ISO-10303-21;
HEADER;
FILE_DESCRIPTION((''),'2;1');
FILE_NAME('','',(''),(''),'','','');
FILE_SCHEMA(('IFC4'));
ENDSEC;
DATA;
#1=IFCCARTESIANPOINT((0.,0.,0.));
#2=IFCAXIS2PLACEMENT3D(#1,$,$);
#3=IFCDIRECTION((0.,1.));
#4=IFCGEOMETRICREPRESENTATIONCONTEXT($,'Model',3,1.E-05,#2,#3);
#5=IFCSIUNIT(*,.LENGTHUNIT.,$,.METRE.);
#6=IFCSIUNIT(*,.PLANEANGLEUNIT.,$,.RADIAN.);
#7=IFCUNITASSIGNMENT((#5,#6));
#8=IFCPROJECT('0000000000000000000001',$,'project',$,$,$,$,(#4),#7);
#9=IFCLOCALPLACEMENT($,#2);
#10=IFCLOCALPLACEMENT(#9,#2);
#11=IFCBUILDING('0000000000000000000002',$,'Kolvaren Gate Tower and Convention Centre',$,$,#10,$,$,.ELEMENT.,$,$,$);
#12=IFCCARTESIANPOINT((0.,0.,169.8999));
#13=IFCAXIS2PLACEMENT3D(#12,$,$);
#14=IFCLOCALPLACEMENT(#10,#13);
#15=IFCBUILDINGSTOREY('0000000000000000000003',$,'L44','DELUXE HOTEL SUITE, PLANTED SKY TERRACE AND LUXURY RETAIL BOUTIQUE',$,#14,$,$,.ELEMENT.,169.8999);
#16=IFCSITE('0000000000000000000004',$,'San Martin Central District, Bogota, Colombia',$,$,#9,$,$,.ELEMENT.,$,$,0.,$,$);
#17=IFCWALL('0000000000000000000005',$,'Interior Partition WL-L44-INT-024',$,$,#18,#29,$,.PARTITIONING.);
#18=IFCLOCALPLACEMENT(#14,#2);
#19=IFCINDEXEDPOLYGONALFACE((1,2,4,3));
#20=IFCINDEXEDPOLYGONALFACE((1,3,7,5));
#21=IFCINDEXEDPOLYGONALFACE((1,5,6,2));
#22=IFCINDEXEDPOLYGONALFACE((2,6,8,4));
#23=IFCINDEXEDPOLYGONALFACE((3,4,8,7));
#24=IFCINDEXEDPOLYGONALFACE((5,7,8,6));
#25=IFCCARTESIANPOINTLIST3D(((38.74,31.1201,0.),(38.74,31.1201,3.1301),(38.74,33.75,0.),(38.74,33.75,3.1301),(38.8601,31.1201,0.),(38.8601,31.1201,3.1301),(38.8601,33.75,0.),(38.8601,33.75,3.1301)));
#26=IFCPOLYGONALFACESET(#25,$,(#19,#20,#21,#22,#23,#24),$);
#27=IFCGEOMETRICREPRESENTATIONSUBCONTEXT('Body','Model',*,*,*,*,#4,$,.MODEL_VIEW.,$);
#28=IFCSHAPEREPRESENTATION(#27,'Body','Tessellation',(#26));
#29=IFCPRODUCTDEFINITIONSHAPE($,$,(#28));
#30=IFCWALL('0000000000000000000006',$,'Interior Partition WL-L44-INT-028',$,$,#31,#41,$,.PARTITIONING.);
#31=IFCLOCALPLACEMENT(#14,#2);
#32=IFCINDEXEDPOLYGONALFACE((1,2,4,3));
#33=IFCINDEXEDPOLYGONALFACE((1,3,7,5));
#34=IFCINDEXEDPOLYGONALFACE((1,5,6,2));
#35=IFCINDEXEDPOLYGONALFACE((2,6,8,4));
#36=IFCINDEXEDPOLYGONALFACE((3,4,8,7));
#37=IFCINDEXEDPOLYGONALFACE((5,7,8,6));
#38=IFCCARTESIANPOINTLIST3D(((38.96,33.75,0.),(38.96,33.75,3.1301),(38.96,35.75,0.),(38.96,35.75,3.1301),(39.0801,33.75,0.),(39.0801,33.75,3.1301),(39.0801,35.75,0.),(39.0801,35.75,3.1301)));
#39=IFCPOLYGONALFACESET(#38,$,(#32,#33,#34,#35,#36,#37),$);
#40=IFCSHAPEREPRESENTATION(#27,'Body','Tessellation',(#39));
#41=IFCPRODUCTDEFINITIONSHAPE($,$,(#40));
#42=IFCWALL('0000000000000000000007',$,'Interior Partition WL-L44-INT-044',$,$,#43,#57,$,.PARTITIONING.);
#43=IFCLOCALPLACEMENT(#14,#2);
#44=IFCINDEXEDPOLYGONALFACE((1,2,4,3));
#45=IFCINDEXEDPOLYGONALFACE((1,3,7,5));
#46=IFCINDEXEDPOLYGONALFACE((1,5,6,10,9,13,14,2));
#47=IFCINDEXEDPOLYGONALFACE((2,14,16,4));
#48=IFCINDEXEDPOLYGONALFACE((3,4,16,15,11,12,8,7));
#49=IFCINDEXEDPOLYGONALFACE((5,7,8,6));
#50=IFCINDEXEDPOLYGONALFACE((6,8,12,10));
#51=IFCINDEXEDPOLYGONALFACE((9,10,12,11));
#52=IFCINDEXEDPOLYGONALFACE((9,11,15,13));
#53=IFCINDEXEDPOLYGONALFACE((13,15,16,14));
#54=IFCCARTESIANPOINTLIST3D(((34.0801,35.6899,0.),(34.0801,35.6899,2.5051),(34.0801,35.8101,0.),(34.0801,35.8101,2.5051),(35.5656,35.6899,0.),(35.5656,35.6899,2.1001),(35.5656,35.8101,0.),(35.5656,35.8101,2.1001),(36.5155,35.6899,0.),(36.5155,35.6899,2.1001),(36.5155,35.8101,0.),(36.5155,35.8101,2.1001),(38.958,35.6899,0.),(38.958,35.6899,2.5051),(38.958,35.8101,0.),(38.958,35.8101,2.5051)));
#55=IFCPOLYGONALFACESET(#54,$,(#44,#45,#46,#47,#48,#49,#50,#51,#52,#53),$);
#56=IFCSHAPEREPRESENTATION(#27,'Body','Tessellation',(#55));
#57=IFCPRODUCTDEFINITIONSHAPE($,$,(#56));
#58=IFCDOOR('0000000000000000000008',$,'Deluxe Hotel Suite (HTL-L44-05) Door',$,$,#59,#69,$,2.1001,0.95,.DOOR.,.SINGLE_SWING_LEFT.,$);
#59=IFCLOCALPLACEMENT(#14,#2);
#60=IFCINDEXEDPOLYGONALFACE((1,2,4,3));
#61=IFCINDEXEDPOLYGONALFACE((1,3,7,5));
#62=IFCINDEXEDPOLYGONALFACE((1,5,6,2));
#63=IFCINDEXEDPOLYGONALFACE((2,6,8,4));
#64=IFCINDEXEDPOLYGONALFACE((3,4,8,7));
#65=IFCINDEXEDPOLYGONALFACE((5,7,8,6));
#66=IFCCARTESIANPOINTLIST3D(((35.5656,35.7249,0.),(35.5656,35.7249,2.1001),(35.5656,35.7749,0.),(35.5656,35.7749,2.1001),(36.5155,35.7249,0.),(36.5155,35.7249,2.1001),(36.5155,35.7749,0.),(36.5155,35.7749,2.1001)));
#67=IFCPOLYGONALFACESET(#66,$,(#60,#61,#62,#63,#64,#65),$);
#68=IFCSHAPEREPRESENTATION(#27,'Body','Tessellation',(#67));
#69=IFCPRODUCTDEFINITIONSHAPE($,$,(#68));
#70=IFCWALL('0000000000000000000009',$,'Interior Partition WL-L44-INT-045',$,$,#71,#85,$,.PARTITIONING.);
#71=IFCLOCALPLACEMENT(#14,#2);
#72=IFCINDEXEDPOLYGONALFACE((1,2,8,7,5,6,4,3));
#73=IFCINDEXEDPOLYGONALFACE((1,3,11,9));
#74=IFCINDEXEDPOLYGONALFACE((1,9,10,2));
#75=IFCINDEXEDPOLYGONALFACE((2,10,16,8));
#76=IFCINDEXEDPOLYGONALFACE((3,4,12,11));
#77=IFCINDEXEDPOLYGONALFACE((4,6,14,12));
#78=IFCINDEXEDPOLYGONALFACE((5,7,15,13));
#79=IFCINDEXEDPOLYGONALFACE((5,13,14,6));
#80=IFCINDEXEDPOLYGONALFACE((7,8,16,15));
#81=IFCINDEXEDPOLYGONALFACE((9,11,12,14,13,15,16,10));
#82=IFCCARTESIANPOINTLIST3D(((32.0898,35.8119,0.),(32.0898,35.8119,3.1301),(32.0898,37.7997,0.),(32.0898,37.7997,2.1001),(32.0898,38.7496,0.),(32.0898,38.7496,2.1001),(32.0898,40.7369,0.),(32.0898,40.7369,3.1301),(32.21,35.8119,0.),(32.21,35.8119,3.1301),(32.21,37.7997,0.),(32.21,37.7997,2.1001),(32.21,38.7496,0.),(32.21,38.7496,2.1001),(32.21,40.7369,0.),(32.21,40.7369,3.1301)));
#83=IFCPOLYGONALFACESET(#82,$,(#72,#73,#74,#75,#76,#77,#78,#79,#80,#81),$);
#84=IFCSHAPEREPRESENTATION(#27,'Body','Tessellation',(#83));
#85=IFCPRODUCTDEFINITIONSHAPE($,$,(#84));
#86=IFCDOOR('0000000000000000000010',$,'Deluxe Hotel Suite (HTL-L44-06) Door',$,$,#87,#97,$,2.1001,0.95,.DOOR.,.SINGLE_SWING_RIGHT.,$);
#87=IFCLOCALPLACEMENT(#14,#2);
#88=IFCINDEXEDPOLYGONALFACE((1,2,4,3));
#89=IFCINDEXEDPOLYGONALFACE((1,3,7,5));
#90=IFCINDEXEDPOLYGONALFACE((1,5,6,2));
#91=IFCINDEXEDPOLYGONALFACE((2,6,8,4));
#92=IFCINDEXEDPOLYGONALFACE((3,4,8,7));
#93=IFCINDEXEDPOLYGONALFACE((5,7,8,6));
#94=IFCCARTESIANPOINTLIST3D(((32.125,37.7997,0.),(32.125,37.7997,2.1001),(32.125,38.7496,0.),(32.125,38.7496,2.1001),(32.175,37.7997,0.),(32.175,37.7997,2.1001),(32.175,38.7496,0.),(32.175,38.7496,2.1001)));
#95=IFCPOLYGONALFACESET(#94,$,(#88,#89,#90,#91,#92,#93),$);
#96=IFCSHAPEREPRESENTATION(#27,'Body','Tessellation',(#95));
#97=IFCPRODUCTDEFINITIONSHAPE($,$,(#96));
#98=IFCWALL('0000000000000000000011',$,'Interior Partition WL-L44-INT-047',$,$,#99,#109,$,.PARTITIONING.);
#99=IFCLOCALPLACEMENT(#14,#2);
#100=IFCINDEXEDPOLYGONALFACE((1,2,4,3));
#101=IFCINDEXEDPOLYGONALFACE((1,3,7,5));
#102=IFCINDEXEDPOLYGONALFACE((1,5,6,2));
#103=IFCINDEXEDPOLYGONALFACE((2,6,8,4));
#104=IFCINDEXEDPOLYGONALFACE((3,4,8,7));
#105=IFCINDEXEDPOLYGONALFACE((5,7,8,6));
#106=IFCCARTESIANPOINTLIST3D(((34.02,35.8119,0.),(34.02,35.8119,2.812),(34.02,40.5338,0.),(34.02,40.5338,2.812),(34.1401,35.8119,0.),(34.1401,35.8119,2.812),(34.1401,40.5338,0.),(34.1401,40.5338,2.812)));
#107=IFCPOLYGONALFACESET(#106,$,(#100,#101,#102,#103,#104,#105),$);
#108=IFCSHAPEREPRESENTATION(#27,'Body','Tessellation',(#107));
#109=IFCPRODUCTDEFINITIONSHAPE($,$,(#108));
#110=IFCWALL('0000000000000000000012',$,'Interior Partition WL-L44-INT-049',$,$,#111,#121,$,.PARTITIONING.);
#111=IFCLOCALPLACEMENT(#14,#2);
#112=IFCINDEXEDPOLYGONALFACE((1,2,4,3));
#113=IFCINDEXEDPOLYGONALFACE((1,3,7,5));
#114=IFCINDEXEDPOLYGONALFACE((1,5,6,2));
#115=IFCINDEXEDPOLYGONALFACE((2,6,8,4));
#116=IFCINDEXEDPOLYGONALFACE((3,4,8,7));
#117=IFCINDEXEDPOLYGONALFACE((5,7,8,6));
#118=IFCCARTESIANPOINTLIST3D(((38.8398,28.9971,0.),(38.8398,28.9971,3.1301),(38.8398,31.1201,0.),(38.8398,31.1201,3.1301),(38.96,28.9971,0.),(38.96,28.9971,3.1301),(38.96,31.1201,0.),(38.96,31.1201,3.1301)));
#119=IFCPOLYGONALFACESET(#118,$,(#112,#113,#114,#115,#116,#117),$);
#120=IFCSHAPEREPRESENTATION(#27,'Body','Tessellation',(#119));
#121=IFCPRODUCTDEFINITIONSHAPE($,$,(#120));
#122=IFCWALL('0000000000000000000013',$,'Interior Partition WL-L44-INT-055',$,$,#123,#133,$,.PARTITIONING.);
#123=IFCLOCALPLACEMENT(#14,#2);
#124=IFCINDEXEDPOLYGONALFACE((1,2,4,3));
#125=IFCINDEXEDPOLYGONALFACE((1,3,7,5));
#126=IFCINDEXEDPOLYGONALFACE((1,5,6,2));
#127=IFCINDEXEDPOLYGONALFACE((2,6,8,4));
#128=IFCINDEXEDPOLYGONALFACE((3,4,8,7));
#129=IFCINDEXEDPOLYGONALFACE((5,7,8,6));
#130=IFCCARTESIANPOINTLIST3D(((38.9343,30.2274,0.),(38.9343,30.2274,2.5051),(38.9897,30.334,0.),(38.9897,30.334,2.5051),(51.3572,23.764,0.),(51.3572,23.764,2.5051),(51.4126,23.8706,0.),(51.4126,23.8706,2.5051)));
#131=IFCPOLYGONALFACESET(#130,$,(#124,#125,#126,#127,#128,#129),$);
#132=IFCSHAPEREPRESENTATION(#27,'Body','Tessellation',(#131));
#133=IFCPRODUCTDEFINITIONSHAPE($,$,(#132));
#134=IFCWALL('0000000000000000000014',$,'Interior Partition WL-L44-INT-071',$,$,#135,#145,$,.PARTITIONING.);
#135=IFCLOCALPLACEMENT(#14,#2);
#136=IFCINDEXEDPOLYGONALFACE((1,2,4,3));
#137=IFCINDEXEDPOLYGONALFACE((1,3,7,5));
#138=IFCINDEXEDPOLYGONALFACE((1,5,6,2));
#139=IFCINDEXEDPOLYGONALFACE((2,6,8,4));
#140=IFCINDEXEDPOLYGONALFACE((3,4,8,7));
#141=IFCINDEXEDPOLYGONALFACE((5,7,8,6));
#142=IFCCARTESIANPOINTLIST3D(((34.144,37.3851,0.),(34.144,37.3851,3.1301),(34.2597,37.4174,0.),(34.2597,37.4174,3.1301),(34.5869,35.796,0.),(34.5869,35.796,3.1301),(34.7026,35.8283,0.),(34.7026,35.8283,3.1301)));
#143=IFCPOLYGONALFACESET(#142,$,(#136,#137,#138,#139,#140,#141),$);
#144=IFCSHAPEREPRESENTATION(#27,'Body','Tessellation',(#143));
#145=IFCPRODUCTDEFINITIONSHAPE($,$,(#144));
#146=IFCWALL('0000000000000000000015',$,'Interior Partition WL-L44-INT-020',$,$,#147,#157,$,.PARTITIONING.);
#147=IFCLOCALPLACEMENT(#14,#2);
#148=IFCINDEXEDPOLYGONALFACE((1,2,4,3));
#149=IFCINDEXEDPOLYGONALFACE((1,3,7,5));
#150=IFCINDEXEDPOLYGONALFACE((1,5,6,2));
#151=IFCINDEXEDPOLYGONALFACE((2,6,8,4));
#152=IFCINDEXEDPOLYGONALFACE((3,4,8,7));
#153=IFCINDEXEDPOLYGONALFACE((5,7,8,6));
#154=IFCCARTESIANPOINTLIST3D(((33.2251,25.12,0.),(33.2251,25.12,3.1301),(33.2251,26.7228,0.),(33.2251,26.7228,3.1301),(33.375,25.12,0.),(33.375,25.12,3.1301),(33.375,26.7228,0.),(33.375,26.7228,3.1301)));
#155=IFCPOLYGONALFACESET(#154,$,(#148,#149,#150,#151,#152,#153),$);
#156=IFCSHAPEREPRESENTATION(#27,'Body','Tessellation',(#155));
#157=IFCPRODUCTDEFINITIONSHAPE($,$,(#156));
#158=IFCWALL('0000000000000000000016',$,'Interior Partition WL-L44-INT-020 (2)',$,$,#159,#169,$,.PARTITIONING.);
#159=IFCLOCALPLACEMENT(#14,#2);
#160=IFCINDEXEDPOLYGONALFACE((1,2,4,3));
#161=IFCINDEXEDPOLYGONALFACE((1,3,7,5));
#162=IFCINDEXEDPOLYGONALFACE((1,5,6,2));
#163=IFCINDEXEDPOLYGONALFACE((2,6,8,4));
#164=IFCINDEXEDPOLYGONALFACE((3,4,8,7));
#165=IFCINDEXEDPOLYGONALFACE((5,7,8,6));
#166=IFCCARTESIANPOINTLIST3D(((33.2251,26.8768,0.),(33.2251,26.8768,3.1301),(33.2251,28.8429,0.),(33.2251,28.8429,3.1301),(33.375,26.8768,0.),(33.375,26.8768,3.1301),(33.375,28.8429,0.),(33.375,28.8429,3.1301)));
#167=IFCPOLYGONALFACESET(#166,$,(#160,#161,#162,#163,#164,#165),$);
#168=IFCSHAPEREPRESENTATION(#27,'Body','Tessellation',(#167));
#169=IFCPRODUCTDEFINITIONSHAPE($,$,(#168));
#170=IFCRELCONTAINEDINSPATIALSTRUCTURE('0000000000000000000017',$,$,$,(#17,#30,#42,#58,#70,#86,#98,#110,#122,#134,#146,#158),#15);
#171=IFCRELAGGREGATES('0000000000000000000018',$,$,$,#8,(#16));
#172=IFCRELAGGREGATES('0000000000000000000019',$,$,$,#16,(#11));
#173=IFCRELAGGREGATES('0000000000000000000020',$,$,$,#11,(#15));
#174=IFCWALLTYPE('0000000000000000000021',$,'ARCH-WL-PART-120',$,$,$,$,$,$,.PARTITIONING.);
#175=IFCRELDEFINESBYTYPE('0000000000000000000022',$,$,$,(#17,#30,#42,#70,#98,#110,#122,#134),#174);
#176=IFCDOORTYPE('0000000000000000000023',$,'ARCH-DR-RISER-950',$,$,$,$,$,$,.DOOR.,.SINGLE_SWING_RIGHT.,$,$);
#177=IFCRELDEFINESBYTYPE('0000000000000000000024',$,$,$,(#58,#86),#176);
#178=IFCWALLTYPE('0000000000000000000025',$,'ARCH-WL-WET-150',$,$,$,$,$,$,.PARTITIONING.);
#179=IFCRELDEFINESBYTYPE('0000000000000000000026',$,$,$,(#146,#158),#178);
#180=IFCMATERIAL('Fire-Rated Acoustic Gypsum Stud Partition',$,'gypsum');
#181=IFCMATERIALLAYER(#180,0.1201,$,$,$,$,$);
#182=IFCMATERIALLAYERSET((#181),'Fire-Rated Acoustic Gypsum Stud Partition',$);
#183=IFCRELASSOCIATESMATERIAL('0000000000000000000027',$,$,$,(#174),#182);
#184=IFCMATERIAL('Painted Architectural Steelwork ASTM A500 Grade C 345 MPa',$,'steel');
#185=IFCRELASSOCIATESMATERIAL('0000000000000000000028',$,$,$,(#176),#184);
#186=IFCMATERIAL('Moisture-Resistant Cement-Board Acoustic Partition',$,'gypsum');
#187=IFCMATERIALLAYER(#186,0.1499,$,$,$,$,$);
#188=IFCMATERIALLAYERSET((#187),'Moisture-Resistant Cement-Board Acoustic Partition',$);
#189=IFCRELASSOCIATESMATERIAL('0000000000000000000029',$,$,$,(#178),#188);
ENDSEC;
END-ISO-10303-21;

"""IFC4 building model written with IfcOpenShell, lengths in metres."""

from ifc_helpers import new_model, si_unit, direction, frame, frame_2d, origin, place, context, subcontext, project, spatial, rectangle, extrude, material, layer, layer_set, type_object, element, fill, save


model = new_model("IFC4")

# Units and contexts
model_context = context("Model", 3, precision=1e-05, world=origin(), true_north=direction((0.0, 1.0)))
body_context = subcontext(model_context, "Body", "Model", "MODEL_VIEW")
ifc_project = project(units=[si_unit("LENGTHUNIT", "METRE"), si_unit("PLANEANGLEUNIT", "RADIAN")], contexts=[model_context])

# Site, building, storey
site_placement = place(None, origin())
site = spatial("IfcSite", under=ifc_project, at=site_placement, Name="San Martin Central District, Bogota, Colombia", CompositionType="ELEMENT", RefElevation=0.0)
building_placement = place(site_placement, origin())
building = spatial("IfcBuilding", under=site, at=building_placement, Name="Kolvaren Gate Tower and Convention Centre", CompositionType="ELEMENT")
storey_placement = place(building_placement, frame((0.0, 0.0, 169.8999)))
storey = spatial("IfcBuildingStorey", under=building, at=storey_placement, Name="L44", Description="DELUXE HOTEL SUITE, PLANTED SKY TERRACE AND LUXURY RETAIL BOUTIQUE", CompositionType="ELEMENT", Elevation=169.8999)

# Walls
ifc_material_1 = material(Name="Fire-Rated Acoustic Gypsum Stud Partition", Category="gypsum")
ifc_layer_1 = layer(ifc_material_1, 0.1201)
ifc_layer_set_1 = layer_set([ifc_layer_1], Name="Fire-Rated Acoustic Gypsum Stud Partition")
wall_type_1 = type_object("IfcWallType", Name="ARCH-WL-PART-120", PredefinedType="PARTITIONING", material=ifc_layer_set_1)
wall_1_placement = place(storey_placement, frame((38.8, 31.1201, 0.0), z_axis=(0.0, 0.0, 1.0), x_axis=(0.0, 1.0, 0.0)))
element("IfcWall", 1, at=wall_1_placement, inside=storey, type_object=wall_type_1, Name="Interior Partition WL-L44-INT-024", PredefinedType="PARTITIONING", context=body_context, shape_type="SweptSolid", body=[
    extrude(rectangle(XDim=2.6299, YDim=0.1201, at=frame_2d((1.3149, 0.0))), origin(), (0.0, 0.0, 1.0), 3.1301),
])
wall_2_placement = place(storey_placement, frame((39.02, 33.75, 0.0), z_axis=(0.0, 0.0, 1.0), x_axis=(0.0, 1.0, 0.0)))
element("IfcWall", 2, at=wall_2_placement, inside=storey, type_object=wall_type_1, Name="Interior Partition WL-L44-INT-028", PredefinedType="PARTITIONING", context=body_context, shape_type="SweptSolid", body=[
    extrude(rectangle(XDim=2.0, YDim=0.1201, at=frame_2d((1.0, 0.0))), origin(), (0.0, 0.0, 1.0), 3.1301),
])

# Walls, openings, doors
wall_3_placement = place(storey_placement, frame((34.0801, 35.75, 0.0), z_axis=(0.0, 0.0, 1.0), x_axis=(1.0, 0.0, 0.0)))
wall_3 = element("IfcWall", 3, at=wall_3_placement, inside=storey, type_object=wall_type_1, Name="Interior Partition WL-L44-INT-044", PredefinedType="PARTITIONING", context=body_context, shape_type="SweptSolid", body=[
    extrude(rectangle(XDim=4.8779, YDim=0.1201, at=frame_2d((2.439, 0.0))), origin(), (0.0, 0.0, 1.0), 2.5051),
])
opening_1_placement = place(wall_3_placement, frame((1.4854, 0.0, 0.0)))
opening_1 = element("IfcOpeningElement", 4, at=opening_1_placement, cuts=wall_3, PredefinedType="OPENING", context=body_context, shape_type="SweptSolid", body=[
    extrude(rectangle(XDim=0.95, YDim=2.1001, at=frame_2d((0.4751, 1.05))), frame((0.0, 0.0701, 0.0), z_axis=(0.0, -1.0, 0.0), x_axis=(1.0, 0.0, 0.0)), (0.0, 0.0, 1.0), 0.1401),
])
ifc_material_2 = material(Name="Painted Architectural Steelwork ASTM A500 Grade C 345 MPa", Category="steel")
door_type_1 = type_object("IfcDoorType", Name="ARCH-DR-RISER-950", OperationType="SINGLE_SWING_RIGHT", PredefinedType="DOOR", material=ifc_material_2)
door_1_placement = place(opening_1_placement, origin())
door_1 = element("IfcDoor", 5, at=door_1_placement, inside=storey, type_object=door_type_1, Name="Deluxe Hotel Suite (HTL-L44-05) Door", OperationType="SINGLE_SWING_LEFT", OverallHeight=2.1001, OverallWidth=0.95, PredefinedType="DOOR", context=body_context, shape_type="SweptSolid", body=[
    extrude(rectangle(XDim=0.95, YDim=2.1001, at=frame_2d((0.4751, 1.05))), frame((0.0, 0.0249, 0.0), z_axis=(0.0, -1.0, 0.0), x_axis=(1.0, 0.0, 0.0)), (0.0, 0.0, 1.0), 0.05),
])
fill(opening_1, door_1)
wall_4_placement = place(storey_placement, frame((32.1499, 35.812, 0.0), z_axis=(0.0, 0.0, 1.0), x_axis=(0.0, 1.0, 0.0)))
wall_4 = element("IfcWall", 6, at=wall_4_placement, inside=storey, type_object=wall_type_1, Name="Interior Partition WL-L44-INT-045", PredefinedType="PARTITIONING", context=body_context, shape_type="SweptSolid", body=[
    extrude(rectangle(XDim=4.925, YDim=0.1201, at=frame_2d((2.4624, 0.0))), origin(), (0.0, 0.0, 1.0), 3.1301),
])
opening_2_placement = place(wall_4_placement, frame((1.9875, 0.0, 0.0)))
opening_2 = element("IfcOpeningElement", 7, at=opening_2_placement, cuts=wall_4, PredefinedType="OPENING", context=body_context, shape_type="SweptSolid", body=[
    extrude(rectangle(XDim=0.95, YDim=2.1001, at=frame_2d((0.4751, 1.05))), frame((0.0, 0.0701, 0.0), z_axis=(0.0, -1.0, 0.0), x_axis=(1.0, 0.0, 0.0)), (0.0, 0.0, 1.0), 0.1401),
])
door_2_placement = place(opening_2_placement, origin())
door_2 = element("IfcDoor", 8, at=door_2_placement, inside=storey, type_object=door_type_1, Name="Deluxe Hotel Suite (HTL-L44-06) Door", OperationType="SINGLE_SWING_RIGHT", OverallHeight=2.1001, OverallWidth=0.95, PredefinedType="DOOR", context=body_context, shape_type="SweptSolid", body=[
    extrude(rectangle(XDim=0.95, YDim=2.1001, at=frame_2d((0.4751, 1.05))), frame((0.0, 0.0249, 0.0), z_axis=(0.0, -1.0, 0.0), x_axis=(1.0, 0.0, 0.0)), (0.0, 0.0, 1.0), 0.05),
])
fill(opening_2, door_2)

# Walls
wall_5_placement = place(storey_placement, frame((34.0801, 35.812, 0.0), z_axis=(0.0, 0.0, 1.0), x_axis=(0.0, 1.0, 0.0)))
element("IfcWall", 9, at=wall_5_placement, inside=storey, type_object=wall_type_1, Name="Interior Partition WL-L44-INT-047", PredefinedType="PARTITIONING", context=body_context, shape_type="SweptSolid", body=[
    extrude(rectangle(XDim=4.7219, YDim=0.1201, at=frame_2d((2.3608, 0.0))), origin(), (0.0, 0.0, 1.0), 2.812),
])
wall_6_placement = place(storey_placement, frame((38.8999, 28.9971, 0.0), z_axis=(0.0, 0.0, 1.0), x_axis=(0.0, 1.0, 0.0)))
element("IfcWall", 10, at=wall_6_placement, inside=storey, type_object=wall_type_1, Name="Interior Partition WL-L44-INT-049", PredefinedType="PARTITIONING", context=body_context, shape_type="SweptSolid", body=[
    extrude(rectangle(XDim=2.123, YDim=0.1201, at=frame_2d((1.0615, 0.0))), origin(), (0.0, 0.0, 1.0), 3.1301),
])
wall_7_placement = place(storey_placement, frame((38.9619, 30.2808, 0.0), z_axis=(0.0, 0.0, 1.0), x_axis=(0.887115, -0.461549, 0.0)))
element("IfcWall", 11, at=wall_7_placement, inside=storey, type_object=wall_type_1, Name="Interior Partition WL-L44-INT-055", PredefinedType="PARTITIONING", context=body_context, shape_type="SweptSolid", body=[
    extrude(rectangle(XDim=14.0037, YDim=0.1201, at=frame_2d((7.002, 0.0))), origin(), (0.0, 0.0, 1.0), 2.5051),
])
wall_8_placement = place(storey_placement, frame((34.2019, 37.4011, 0.0), z_axis=(0.0, 0.0, 1.0), x_axis=(0.26846, -0.963291, 0.0)))
element("IfcWall", 12, at=wall_8_placement, inside=storey, type_object=wall_type_1, Name="Interior Partition WL-L44-INT-071", PredefinedType="PARTITIONING", context=body_context, shape_type="SweptSolid", body=[
    extrude(rectangle(XDim=1.6497, YDim=0.1201, at=frame_2d((0.8247, 0.0))), origin(), (0.0, 0.0, 1.0), 3.1301),
])
ifc_material_3 = material(Name="Moisture-Resistant Cement-Board Acoustic Partition", Category="gypsum")
ifc_layer_2 = layer(ifc_material_3, 0.1499)
ifc_layer_set_2 = layer_set([ifc_layer_2], Name="Moisture-Resistant Cement-Board Acoustic Partition")
wall_type_2 = type_object("IfcWallType", Name="ARCH-WL-WET-150", PredefinedType="PARTITIONING", material=ifc_layer_set_2)
wall_9_placement = place(storey_placement, frame((33.3, 25.1201, 0.0), z_axis=(0.0, 0.0, 1.0), x_axis=(0.0, 1.0, 0.0)))
element("IfcWall", 13, at=wall_9_placement, inside=storey, type_object=wall_type_2, Name="Interior Partition WL-L44-INT-020", PredefinedType="PARTITIONING", context=body_context, shape_type="SweptSolid", body=[
    extrude(rectangle(XDim=1.6028, YDim=0.1499, at=frame_2d((0.8013, 0.0))), origin(), (0.0, 0.0, 1.0), 3.1301),
])
wall_10_placement = place(storey_placement, frame((33.3, 26.877, 0.0), z_axis=(0.0, 0.0, 1.0), x_axis=(0.0, 1.0, 0.0)))
element("IfcWall", 14, at=wall_10_placement, inside=storey, type_object=wall_type_2, Name="Interior Partition WL-L44-INT-020 (2)", PredefinedType="PARTITIONING", context=body_context, shape_type="SweptSolid", body=[
    extrude(rectangle(XDim=1.9661, YDim=0.1499, at=frame_2d((0.9829, 0.0))), origin(), (0.0, 0.0, 1.0), 3.1301),
])

save(model, "model.ifc")
